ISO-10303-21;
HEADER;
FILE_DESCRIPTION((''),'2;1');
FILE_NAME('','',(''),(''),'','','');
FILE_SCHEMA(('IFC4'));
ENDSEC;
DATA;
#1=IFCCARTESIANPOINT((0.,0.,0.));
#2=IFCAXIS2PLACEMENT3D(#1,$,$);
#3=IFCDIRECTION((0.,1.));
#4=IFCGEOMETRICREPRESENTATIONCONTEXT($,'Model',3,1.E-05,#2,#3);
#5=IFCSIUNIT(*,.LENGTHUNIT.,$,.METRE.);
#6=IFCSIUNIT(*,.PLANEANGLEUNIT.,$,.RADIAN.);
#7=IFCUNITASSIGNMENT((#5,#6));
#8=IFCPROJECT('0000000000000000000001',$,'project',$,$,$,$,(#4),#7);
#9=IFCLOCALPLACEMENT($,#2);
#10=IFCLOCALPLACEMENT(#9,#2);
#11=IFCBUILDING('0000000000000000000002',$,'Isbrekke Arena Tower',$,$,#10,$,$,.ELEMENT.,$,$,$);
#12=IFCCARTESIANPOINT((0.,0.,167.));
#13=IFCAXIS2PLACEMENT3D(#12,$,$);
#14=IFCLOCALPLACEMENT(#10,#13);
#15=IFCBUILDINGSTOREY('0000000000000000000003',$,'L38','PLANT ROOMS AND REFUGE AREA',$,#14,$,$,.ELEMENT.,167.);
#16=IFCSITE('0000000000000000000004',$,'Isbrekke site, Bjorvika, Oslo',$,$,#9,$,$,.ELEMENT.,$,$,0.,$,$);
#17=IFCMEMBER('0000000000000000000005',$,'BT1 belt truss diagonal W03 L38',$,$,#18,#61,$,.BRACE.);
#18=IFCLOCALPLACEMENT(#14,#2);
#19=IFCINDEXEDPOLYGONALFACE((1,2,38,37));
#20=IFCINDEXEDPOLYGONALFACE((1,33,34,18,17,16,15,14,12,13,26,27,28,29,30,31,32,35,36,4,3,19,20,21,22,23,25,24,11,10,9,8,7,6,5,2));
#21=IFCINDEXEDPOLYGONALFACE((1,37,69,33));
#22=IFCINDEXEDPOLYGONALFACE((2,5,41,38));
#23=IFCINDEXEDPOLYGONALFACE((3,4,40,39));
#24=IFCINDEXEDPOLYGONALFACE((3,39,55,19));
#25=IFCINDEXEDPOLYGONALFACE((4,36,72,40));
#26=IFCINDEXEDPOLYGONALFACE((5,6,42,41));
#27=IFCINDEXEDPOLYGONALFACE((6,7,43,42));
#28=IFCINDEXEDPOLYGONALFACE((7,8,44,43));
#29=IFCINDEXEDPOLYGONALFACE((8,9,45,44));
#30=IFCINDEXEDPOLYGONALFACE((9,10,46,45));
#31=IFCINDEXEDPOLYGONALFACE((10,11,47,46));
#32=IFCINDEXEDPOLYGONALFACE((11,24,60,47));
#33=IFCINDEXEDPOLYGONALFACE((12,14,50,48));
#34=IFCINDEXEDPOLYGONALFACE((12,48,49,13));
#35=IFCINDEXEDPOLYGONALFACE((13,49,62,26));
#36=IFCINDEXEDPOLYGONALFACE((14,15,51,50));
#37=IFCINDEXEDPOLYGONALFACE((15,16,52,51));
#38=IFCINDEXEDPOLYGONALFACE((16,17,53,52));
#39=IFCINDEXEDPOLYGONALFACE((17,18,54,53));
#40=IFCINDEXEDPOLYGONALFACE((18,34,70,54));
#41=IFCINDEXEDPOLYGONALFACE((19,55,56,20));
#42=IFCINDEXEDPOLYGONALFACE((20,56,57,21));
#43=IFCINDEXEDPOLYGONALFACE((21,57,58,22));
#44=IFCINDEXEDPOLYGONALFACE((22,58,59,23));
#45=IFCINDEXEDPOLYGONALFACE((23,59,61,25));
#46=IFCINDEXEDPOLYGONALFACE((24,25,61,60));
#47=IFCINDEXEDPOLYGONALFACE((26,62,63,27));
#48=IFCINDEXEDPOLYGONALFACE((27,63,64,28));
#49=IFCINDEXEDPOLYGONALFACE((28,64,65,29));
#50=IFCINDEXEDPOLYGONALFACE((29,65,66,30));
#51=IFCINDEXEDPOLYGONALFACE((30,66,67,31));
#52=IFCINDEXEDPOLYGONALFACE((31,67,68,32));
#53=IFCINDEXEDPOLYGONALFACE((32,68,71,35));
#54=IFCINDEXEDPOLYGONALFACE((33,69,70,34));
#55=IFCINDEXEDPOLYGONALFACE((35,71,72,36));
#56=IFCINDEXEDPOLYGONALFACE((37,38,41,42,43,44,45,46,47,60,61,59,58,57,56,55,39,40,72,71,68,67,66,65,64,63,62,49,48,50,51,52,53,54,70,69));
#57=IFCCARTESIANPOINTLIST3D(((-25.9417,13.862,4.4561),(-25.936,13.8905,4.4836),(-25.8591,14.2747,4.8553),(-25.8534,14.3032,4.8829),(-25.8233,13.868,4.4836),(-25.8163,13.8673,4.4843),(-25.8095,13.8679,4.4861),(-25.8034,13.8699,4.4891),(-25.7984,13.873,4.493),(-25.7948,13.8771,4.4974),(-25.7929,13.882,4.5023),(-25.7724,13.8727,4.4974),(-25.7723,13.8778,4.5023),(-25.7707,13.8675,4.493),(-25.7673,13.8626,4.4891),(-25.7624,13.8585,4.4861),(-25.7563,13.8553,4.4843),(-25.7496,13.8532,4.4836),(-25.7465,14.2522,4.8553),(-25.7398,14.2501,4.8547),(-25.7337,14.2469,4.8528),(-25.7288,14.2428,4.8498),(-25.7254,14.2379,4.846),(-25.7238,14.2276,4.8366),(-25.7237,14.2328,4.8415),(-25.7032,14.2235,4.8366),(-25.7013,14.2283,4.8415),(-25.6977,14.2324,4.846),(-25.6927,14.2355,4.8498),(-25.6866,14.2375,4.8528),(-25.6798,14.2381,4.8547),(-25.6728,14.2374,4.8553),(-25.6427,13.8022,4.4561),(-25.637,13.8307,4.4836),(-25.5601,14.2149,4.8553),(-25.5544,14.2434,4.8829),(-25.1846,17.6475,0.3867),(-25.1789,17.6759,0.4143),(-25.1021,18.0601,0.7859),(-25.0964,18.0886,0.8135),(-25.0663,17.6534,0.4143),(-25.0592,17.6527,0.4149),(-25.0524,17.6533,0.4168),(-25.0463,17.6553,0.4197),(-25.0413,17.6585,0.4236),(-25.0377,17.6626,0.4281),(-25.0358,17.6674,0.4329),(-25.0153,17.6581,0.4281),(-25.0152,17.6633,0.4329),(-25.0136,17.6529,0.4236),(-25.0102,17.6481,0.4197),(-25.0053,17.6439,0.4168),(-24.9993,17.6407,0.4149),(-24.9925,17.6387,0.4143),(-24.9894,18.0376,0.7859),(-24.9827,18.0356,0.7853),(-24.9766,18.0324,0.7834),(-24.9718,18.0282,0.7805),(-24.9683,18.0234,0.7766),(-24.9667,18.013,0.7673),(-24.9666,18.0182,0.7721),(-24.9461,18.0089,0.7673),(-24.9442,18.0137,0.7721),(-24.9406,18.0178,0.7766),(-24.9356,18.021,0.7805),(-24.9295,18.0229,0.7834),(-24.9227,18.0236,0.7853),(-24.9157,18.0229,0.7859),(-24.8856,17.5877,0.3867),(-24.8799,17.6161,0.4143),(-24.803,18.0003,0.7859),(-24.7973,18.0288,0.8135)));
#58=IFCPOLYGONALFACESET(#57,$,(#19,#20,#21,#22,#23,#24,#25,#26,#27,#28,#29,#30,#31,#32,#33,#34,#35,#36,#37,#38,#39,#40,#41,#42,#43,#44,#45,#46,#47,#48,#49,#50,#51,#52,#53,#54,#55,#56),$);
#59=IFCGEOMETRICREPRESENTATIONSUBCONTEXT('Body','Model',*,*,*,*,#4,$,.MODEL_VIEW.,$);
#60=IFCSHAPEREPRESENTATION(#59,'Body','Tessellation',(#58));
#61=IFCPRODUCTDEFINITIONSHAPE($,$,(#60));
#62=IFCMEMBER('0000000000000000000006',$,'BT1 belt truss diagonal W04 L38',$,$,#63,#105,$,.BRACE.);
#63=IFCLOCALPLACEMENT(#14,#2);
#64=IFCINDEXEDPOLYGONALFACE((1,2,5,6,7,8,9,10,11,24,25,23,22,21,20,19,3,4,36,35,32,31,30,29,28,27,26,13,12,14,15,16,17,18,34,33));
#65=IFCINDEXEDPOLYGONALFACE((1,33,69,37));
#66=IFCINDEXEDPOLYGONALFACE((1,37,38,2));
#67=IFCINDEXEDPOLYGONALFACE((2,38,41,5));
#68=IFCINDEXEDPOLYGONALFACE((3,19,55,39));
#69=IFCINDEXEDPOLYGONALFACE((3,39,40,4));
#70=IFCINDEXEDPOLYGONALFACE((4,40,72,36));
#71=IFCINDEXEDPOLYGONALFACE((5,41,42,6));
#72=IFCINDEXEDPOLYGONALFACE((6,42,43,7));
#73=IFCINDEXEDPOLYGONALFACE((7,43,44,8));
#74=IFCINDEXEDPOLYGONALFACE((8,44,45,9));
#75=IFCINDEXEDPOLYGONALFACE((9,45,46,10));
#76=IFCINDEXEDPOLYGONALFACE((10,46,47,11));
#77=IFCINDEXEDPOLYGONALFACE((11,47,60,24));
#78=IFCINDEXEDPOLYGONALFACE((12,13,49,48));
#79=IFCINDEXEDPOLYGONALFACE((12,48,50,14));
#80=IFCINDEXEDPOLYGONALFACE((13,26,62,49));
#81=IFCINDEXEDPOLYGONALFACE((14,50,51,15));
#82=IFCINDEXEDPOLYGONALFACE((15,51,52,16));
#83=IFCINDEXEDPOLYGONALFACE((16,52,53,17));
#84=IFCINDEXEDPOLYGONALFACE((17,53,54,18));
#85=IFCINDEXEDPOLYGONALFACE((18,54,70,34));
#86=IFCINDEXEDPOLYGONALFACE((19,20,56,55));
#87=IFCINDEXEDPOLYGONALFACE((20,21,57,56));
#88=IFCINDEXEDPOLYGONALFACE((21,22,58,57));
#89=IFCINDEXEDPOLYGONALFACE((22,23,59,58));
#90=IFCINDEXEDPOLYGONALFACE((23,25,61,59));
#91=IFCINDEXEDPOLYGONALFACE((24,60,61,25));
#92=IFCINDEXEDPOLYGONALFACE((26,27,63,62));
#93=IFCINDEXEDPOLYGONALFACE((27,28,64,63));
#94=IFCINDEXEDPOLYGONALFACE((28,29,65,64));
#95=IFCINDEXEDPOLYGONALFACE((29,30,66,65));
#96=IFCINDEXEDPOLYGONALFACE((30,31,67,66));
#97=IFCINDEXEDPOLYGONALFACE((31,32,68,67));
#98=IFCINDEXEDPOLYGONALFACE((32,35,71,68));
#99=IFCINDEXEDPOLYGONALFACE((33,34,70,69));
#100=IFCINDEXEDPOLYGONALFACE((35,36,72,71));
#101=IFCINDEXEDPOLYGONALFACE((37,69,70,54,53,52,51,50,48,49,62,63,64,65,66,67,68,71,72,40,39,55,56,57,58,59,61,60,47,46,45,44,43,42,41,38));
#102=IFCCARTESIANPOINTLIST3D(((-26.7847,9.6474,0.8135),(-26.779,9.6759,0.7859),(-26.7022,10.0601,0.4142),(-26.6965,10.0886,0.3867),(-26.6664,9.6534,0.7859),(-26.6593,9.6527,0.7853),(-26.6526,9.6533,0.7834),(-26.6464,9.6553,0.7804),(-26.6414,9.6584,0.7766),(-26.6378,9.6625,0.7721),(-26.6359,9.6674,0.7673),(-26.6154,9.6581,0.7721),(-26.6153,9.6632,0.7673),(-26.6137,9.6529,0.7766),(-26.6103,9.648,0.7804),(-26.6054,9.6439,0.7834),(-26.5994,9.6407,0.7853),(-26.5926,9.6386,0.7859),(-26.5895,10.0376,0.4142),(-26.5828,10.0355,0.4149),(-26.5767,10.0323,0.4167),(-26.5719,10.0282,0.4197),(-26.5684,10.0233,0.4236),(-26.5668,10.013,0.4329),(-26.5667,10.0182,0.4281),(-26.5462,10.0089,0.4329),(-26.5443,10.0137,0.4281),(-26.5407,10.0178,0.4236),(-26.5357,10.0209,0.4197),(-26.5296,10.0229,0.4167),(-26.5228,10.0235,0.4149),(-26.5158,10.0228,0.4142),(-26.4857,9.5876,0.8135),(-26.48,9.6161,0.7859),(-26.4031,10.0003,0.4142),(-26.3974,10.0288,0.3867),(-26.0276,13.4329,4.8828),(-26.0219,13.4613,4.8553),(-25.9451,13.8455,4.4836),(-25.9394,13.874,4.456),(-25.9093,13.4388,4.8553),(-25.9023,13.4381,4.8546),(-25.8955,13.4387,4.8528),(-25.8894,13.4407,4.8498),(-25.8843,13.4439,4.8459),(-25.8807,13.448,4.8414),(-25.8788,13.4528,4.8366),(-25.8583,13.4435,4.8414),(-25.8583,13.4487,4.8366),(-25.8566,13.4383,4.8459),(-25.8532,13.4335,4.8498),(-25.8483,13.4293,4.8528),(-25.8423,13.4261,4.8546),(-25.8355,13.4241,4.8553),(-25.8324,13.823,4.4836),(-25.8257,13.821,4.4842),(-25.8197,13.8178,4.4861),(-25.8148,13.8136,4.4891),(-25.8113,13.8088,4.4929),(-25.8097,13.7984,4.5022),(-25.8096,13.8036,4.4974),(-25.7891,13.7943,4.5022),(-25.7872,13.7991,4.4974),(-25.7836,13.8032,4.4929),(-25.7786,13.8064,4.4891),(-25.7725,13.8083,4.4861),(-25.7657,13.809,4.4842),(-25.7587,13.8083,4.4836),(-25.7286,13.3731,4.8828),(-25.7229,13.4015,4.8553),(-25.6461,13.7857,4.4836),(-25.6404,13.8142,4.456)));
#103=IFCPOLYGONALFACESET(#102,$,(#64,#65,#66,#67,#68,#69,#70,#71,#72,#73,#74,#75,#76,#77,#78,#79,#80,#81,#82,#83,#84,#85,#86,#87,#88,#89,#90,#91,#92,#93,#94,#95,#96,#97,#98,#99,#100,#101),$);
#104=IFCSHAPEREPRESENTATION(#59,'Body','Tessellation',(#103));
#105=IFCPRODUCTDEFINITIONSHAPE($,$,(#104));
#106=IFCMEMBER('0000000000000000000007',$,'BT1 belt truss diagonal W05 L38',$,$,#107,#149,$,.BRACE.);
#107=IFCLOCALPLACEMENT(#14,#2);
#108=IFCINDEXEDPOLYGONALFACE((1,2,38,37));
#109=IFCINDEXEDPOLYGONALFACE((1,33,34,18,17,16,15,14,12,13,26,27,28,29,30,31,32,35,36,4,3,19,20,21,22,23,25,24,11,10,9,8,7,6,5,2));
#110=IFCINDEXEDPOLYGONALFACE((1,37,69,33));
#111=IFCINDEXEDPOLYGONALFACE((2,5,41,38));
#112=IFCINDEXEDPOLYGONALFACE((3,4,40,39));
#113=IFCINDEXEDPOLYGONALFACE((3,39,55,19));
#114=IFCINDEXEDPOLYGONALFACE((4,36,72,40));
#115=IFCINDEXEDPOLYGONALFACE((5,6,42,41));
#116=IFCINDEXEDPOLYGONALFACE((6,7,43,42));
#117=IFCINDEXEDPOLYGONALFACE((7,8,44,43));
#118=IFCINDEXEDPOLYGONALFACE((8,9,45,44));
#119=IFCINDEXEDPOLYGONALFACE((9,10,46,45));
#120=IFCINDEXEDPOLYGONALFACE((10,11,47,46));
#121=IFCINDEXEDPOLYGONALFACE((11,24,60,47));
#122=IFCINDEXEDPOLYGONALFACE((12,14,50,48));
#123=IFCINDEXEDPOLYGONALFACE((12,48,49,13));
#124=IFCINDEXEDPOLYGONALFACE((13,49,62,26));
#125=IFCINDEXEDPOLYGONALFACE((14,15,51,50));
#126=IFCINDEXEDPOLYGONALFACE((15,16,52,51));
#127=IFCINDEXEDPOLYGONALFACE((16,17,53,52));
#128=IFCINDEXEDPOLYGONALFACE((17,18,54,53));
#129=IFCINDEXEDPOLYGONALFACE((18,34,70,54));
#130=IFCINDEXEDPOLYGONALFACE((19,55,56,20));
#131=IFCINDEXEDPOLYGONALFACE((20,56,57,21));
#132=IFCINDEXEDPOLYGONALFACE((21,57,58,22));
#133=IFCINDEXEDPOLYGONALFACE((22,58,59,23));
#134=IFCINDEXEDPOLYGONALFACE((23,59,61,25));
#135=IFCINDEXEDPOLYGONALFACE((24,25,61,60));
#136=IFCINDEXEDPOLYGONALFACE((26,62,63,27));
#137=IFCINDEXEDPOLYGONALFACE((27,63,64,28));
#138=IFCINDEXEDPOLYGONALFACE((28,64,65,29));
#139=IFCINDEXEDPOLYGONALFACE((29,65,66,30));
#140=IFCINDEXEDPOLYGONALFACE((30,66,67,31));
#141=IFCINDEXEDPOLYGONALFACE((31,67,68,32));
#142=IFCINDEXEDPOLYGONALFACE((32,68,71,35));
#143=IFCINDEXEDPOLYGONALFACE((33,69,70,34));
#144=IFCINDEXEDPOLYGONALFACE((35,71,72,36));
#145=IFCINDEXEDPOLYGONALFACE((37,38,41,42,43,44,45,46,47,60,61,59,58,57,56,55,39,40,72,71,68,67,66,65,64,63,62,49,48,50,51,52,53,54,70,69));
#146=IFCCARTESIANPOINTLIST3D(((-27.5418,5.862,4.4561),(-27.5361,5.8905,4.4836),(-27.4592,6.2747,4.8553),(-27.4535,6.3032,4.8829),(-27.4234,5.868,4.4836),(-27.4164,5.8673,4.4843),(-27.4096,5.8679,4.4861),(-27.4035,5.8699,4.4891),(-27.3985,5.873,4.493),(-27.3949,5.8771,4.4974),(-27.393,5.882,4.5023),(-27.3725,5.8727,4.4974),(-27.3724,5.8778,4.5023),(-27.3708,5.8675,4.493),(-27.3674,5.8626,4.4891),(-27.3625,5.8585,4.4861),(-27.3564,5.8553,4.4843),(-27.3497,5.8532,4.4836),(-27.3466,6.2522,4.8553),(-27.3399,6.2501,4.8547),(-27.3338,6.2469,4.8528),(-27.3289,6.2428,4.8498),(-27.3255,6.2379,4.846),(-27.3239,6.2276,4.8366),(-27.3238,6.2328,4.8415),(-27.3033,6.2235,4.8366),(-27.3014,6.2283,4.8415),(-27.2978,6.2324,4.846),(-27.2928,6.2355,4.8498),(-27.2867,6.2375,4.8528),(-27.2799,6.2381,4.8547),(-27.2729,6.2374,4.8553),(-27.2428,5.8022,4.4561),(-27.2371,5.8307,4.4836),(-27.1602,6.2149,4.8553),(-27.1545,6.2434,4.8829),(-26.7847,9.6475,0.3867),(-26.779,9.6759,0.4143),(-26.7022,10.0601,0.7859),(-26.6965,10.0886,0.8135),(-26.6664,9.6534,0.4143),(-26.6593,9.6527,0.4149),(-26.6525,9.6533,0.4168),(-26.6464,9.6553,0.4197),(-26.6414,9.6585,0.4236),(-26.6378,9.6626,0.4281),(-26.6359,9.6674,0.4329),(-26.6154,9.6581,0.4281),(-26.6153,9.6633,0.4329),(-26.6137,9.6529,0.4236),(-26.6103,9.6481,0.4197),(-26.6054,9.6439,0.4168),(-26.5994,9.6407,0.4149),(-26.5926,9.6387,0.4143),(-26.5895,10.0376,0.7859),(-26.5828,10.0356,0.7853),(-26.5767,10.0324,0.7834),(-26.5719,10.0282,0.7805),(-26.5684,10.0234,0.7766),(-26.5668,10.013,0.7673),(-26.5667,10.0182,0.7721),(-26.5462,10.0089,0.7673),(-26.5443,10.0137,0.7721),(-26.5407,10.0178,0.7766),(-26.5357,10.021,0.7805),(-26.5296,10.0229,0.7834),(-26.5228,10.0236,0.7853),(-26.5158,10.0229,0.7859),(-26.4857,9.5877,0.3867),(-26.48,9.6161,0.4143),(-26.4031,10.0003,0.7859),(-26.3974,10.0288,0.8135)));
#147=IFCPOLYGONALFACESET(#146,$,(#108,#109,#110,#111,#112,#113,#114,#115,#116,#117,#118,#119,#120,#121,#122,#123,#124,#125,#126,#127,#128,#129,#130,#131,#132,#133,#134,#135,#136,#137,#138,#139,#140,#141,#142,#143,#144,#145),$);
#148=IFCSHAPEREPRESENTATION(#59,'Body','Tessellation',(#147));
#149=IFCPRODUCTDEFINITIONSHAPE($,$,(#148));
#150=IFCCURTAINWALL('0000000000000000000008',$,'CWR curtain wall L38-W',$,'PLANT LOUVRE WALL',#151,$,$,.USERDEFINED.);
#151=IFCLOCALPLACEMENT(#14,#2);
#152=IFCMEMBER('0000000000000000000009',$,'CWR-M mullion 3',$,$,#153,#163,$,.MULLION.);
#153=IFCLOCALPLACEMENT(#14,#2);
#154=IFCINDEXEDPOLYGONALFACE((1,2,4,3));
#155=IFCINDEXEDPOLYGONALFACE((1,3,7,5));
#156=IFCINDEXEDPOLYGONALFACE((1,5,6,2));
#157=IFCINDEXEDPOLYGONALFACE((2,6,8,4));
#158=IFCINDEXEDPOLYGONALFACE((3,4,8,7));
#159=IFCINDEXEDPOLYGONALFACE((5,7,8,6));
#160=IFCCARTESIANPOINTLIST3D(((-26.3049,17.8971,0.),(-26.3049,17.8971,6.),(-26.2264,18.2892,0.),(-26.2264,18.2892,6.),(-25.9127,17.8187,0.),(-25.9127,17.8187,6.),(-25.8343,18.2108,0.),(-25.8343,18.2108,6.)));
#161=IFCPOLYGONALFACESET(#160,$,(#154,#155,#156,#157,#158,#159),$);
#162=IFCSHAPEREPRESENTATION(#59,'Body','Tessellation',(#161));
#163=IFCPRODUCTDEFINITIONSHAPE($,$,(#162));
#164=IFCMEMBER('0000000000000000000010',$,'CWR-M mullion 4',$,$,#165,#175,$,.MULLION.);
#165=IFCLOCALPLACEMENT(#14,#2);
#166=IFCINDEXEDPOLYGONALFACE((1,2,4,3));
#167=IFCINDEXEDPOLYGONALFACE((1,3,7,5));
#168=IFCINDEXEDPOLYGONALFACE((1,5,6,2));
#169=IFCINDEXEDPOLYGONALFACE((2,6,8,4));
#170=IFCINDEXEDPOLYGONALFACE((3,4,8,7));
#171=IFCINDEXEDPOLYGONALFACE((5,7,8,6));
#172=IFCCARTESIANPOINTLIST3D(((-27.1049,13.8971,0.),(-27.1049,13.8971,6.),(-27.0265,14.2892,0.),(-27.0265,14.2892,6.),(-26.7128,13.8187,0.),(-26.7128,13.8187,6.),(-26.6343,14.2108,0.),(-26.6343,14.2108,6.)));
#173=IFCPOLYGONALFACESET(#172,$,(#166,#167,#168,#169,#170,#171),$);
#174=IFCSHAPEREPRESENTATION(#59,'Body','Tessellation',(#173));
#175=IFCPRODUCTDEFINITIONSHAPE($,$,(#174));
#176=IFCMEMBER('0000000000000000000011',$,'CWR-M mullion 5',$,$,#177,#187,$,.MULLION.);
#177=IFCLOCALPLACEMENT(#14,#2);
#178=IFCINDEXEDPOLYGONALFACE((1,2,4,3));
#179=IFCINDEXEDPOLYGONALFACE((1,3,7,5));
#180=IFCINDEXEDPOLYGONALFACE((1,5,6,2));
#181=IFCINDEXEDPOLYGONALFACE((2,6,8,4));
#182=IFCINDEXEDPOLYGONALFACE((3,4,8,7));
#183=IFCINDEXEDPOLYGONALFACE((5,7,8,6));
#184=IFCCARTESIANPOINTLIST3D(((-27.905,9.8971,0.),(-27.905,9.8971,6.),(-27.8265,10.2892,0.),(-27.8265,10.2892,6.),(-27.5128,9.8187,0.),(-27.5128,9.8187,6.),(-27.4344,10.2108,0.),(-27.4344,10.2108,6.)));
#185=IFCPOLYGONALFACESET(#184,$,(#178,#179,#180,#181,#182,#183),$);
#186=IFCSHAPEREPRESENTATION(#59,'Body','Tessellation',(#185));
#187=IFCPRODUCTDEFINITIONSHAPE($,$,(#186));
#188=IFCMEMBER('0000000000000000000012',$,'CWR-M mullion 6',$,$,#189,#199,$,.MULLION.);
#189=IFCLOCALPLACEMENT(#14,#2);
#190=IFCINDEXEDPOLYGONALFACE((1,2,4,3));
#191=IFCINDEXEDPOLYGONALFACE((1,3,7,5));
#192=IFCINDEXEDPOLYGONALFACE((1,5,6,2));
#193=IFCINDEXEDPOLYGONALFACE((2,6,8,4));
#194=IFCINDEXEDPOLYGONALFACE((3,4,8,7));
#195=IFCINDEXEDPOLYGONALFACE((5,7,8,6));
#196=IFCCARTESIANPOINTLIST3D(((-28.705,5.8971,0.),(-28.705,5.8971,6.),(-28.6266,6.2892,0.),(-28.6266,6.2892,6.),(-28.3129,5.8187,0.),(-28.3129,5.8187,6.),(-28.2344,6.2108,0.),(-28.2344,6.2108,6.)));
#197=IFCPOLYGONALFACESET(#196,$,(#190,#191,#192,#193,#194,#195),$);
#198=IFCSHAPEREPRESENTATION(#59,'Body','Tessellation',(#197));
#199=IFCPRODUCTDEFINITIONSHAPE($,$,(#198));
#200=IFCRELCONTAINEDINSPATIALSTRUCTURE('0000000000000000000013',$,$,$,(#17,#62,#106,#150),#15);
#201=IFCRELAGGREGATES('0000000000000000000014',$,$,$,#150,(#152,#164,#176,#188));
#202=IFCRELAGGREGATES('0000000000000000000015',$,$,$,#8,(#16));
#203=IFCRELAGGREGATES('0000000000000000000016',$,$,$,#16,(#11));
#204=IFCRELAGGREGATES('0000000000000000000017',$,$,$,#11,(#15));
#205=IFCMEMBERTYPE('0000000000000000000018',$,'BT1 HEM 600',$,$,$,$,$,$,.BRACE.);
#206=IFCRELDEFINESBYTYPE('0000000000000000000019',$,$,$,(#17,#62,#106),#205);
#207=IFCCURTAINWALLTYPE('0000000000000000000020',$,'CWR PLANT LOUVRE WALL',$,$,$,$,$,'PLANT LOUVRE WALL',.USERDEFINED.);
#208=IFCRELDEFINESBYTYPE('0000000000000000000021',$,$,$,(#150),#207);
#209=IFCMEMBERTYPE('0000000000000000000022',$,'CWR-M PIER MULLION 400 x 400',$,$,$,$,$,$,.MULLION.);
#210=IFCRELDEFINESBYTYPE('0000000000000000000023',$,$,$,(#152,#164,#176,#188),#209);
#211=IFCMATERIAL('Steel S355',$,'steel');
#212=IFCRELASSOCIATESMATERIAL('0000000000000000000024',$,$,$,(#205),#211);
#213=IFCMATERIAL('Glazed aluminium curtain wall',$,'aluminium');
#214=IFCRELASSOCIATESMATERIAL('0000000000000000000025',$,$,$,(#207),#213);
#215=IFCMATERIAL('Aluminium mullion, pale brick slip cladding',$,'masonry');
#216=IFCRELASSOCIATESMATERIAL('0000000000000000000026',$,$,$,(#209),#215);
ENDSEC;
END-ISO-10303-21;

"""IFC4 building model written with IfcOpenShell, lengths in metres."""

from ifc_helpers import new_model, si_unit, direction, frame, origin, origin_2d, place, context, subcontext, project, spatial, rectangle, i_section, extrude, material, material_profile, profile_set, type_object, element, aggregate, save


model = new_model("IFC4")

# Units and contexts
model_context = context("Model", 3, precision=1e-05, world=origin(), true_north=direction((0.0, 1.0)))
body_context = subcontext(model_context, "Body", "Model", "MODEL_VIEW")
ifc_project = project(units=[si_unit("LENGTHUNIT", "METRE"), si_unit("PLANEANGLEUNIT", "RADIAN")], contexts=[model_context])

# Site, building, storey
site_placement = place(None, origin())
site = spatial("IfcSite", under=ifc_project, at=site_placement, Name="Isbrekke site, Bjorvika, Oslo", CompositionType="ELEMENT", RefElevation=0.0)
building_placement = place(site_placement, origin())
building = spatial("IfcBuilding", under=site, at=building_placement, Name="Isbrekke Arena Tower", CompositionType="ELEMENT")
storey_placement = place(building_placement, frame((0.0, 0.0, 167.0)))
storey = spatial("IfcBuildingStorey", under=building, at=storey_placement, Name="L38", Description="PLANT ROOMS AND REFUGE AREA", CompositionType="ELEMENT", Elevation=167.0)

# Members
ifc_material_1 = material(Name="Steel S355", Category="steel")
ifc_material_profile_1 = material_profile(ifc_material_1, i_section(OverallWidth=0.3049, OverallDepth=0.6201, WebThickness=0.021, FlangeThickness=0.04, FilletRadius=0.0271, at=origin_2d()), Name="HEM 600")
ifc_profile_set_1 = profile_set([ifc_material_profile_1], Name="Steel S355")
member_type_1 = type_object("IfcMemberType", Name="BT1 HEM 600", PredefinedType="BRACE", material=ifc_profile_set_1)
for number, where, z_axis, x_axis, name in (
    (1, (-24.991, 17.8381, 0.6001), (-0.134974, -0.674869, 0.725489), (0.980581, -0.196116, 0.0), "BT1 belt truss diagonal W03 L38"),
    (2, (-25.834, 13.6235, 4.6694), (-0.134974, -0.674869, -0.725489), (0.980581, -0.196116, 0.0), "BT1 belt truss diagonal W04 L38"),
    (3, (-26.5911, 9.8381, 0.6001), (-0.134974, -0.674869, 0.725489), (0.980581, -0.196116, 0.0), "BT1 belt truss diagonal W05 L38"),
):
    element("IfcMember", number, at=place(storey_placement, frame(where, z_axis=z_axis, x_axis=x_axis)), inside=storey, type_object=member_type_1, Name=name, PredefinedType="BRACE", context=body_context, shape_type="SweptSolid", body=[
        extrude(i_section(OverallWidth=0.3049, OverallDepth=0.6201, WebThickness=0.021, FlangeThickness=0.04, FilletRadius=0.0271, at=origin_2d()), origin(), (0.0, 0.0, 1.0), 5.6091),
    ])

# Curtain wall, members
ifc_material_2 = material(Name="Glazed aluminium curtain wall", Category="aluminium")
curtain_wall_type = type_object("IfcCurtainWallType", Name="CWR PLANT LOUVRE WALL", ElementType="PLANT LOUVRE WALL", PredefinedType="USERDEFINED", material=ifc_material_2)
curtain_wall_placement = place(storey_placement, origin())
curtain_wall = element("IfcCurtainWall", 4, at=curtain_wall_placement, inside=storey, type_object=curtain_wall_type, Name="CWR curtain wall L38-W", ObjectType="PLANT LOUVRE WALL", PredefinedType="USERDEFINED")
ifc_material_3 = material(Name="Aluminium mullion, pale brick slip cladding", Category="masonry")
ifc_material_profile_2 = material_profile(ifc_material_3, rectangle(XDim=0.3999, YDim=0.3999, at=origin_2d()), Name="PIER 400X400")
ifc_profile_set_2 = profile_set([ifc_material_profile_2], Name="Aluminium mullion, pale brick slip cladding")
member_type_2 = type_object("IfcMemberType", Name="CWR-M PIER MULLION 400 x 400", PredefinedType="MULLION", material=ifc_profile_set_2)
member_1_placement = place(storey_placement, frame((-26.0696, 18.054, 0.0), z_axis=(0.0, 0.0, 1.0), x_axis=(-0.196116, -0.980581, 0.0)))
member_1 = element("IfcMember", 5, at=member_1_placement, type_object=member_type_2, Name="CWR-M mullion 3", PredefinedType="MULLION", context=body_context, shape_type="SweptSolid", body=[
    extrude(rectangle(XDim=0.3999, YDim=0.3999, at=origin_2d()), origin(), (0.0, 0.0, 1.0), 6.0),
])
member_2_placement = place(storey_placement, frame((-26.8696, 14.054, 0.0), z_axis=(0.0, 0.0, 1.0), x_axis=(-0.196116, -0.980581, 0.0)))
member_2 = element("IfcMember", 6, at=member_2_placement, type_object=member_type_2, Name="CWR-M mullion 4", PredefinedType="MULLION", context=body_context, shape_type="SweptSolid", body=[
    extrude(rectangle(XDim=0.3999, YDim=0.3999, at=origin_2d()), origin(), (0.0, 0.0, 1.0), 6.0),
])
member_3_placement = place(storey_placement, frame((-27.6697, 10.054, 0.0), z_axis=(0.0, 0.0, 1.0), x_axis=(-0.196116, -0.980581, 0.0)))
member_3 = element("IfcMember", 7, at=member_3_placement, type_object=member_type_2, Name="CWR-M mullion 5", PredefinedType="MULLION", context=body_context, shape_type="SweptSolid", body=[
    extrude(rectangle(XDim=0.3999, YDim=0.3999, at=origin_2d()), origin(), (0.0, 0.0, 1.0), 6.0),
])
member_4_placement = place(storey_placement, frame((-28.4697, 6.054, 0.0), z_axis=(0.0, 0.0, 1.0), x_axis=(-0.196116, -0.980581, 0.0)))
member_4 = element("IfcMember", 8, at=member_4_placement, type_object=member_type_2, Name="CWR-M mullion 6", PredefinedType="MULLION", context=body_context, shape_type="SweptSolid", body=[
    extrude(rectangle(XDim=0.3999, YDim=0.3999, at=origin_2d()), origin(), (0.0, 0.0, 1.0), 6.0),
])

aggregate(curtain_wall, [member_1, member_2, member_3, member_4])

save(model, "model.ifc")
